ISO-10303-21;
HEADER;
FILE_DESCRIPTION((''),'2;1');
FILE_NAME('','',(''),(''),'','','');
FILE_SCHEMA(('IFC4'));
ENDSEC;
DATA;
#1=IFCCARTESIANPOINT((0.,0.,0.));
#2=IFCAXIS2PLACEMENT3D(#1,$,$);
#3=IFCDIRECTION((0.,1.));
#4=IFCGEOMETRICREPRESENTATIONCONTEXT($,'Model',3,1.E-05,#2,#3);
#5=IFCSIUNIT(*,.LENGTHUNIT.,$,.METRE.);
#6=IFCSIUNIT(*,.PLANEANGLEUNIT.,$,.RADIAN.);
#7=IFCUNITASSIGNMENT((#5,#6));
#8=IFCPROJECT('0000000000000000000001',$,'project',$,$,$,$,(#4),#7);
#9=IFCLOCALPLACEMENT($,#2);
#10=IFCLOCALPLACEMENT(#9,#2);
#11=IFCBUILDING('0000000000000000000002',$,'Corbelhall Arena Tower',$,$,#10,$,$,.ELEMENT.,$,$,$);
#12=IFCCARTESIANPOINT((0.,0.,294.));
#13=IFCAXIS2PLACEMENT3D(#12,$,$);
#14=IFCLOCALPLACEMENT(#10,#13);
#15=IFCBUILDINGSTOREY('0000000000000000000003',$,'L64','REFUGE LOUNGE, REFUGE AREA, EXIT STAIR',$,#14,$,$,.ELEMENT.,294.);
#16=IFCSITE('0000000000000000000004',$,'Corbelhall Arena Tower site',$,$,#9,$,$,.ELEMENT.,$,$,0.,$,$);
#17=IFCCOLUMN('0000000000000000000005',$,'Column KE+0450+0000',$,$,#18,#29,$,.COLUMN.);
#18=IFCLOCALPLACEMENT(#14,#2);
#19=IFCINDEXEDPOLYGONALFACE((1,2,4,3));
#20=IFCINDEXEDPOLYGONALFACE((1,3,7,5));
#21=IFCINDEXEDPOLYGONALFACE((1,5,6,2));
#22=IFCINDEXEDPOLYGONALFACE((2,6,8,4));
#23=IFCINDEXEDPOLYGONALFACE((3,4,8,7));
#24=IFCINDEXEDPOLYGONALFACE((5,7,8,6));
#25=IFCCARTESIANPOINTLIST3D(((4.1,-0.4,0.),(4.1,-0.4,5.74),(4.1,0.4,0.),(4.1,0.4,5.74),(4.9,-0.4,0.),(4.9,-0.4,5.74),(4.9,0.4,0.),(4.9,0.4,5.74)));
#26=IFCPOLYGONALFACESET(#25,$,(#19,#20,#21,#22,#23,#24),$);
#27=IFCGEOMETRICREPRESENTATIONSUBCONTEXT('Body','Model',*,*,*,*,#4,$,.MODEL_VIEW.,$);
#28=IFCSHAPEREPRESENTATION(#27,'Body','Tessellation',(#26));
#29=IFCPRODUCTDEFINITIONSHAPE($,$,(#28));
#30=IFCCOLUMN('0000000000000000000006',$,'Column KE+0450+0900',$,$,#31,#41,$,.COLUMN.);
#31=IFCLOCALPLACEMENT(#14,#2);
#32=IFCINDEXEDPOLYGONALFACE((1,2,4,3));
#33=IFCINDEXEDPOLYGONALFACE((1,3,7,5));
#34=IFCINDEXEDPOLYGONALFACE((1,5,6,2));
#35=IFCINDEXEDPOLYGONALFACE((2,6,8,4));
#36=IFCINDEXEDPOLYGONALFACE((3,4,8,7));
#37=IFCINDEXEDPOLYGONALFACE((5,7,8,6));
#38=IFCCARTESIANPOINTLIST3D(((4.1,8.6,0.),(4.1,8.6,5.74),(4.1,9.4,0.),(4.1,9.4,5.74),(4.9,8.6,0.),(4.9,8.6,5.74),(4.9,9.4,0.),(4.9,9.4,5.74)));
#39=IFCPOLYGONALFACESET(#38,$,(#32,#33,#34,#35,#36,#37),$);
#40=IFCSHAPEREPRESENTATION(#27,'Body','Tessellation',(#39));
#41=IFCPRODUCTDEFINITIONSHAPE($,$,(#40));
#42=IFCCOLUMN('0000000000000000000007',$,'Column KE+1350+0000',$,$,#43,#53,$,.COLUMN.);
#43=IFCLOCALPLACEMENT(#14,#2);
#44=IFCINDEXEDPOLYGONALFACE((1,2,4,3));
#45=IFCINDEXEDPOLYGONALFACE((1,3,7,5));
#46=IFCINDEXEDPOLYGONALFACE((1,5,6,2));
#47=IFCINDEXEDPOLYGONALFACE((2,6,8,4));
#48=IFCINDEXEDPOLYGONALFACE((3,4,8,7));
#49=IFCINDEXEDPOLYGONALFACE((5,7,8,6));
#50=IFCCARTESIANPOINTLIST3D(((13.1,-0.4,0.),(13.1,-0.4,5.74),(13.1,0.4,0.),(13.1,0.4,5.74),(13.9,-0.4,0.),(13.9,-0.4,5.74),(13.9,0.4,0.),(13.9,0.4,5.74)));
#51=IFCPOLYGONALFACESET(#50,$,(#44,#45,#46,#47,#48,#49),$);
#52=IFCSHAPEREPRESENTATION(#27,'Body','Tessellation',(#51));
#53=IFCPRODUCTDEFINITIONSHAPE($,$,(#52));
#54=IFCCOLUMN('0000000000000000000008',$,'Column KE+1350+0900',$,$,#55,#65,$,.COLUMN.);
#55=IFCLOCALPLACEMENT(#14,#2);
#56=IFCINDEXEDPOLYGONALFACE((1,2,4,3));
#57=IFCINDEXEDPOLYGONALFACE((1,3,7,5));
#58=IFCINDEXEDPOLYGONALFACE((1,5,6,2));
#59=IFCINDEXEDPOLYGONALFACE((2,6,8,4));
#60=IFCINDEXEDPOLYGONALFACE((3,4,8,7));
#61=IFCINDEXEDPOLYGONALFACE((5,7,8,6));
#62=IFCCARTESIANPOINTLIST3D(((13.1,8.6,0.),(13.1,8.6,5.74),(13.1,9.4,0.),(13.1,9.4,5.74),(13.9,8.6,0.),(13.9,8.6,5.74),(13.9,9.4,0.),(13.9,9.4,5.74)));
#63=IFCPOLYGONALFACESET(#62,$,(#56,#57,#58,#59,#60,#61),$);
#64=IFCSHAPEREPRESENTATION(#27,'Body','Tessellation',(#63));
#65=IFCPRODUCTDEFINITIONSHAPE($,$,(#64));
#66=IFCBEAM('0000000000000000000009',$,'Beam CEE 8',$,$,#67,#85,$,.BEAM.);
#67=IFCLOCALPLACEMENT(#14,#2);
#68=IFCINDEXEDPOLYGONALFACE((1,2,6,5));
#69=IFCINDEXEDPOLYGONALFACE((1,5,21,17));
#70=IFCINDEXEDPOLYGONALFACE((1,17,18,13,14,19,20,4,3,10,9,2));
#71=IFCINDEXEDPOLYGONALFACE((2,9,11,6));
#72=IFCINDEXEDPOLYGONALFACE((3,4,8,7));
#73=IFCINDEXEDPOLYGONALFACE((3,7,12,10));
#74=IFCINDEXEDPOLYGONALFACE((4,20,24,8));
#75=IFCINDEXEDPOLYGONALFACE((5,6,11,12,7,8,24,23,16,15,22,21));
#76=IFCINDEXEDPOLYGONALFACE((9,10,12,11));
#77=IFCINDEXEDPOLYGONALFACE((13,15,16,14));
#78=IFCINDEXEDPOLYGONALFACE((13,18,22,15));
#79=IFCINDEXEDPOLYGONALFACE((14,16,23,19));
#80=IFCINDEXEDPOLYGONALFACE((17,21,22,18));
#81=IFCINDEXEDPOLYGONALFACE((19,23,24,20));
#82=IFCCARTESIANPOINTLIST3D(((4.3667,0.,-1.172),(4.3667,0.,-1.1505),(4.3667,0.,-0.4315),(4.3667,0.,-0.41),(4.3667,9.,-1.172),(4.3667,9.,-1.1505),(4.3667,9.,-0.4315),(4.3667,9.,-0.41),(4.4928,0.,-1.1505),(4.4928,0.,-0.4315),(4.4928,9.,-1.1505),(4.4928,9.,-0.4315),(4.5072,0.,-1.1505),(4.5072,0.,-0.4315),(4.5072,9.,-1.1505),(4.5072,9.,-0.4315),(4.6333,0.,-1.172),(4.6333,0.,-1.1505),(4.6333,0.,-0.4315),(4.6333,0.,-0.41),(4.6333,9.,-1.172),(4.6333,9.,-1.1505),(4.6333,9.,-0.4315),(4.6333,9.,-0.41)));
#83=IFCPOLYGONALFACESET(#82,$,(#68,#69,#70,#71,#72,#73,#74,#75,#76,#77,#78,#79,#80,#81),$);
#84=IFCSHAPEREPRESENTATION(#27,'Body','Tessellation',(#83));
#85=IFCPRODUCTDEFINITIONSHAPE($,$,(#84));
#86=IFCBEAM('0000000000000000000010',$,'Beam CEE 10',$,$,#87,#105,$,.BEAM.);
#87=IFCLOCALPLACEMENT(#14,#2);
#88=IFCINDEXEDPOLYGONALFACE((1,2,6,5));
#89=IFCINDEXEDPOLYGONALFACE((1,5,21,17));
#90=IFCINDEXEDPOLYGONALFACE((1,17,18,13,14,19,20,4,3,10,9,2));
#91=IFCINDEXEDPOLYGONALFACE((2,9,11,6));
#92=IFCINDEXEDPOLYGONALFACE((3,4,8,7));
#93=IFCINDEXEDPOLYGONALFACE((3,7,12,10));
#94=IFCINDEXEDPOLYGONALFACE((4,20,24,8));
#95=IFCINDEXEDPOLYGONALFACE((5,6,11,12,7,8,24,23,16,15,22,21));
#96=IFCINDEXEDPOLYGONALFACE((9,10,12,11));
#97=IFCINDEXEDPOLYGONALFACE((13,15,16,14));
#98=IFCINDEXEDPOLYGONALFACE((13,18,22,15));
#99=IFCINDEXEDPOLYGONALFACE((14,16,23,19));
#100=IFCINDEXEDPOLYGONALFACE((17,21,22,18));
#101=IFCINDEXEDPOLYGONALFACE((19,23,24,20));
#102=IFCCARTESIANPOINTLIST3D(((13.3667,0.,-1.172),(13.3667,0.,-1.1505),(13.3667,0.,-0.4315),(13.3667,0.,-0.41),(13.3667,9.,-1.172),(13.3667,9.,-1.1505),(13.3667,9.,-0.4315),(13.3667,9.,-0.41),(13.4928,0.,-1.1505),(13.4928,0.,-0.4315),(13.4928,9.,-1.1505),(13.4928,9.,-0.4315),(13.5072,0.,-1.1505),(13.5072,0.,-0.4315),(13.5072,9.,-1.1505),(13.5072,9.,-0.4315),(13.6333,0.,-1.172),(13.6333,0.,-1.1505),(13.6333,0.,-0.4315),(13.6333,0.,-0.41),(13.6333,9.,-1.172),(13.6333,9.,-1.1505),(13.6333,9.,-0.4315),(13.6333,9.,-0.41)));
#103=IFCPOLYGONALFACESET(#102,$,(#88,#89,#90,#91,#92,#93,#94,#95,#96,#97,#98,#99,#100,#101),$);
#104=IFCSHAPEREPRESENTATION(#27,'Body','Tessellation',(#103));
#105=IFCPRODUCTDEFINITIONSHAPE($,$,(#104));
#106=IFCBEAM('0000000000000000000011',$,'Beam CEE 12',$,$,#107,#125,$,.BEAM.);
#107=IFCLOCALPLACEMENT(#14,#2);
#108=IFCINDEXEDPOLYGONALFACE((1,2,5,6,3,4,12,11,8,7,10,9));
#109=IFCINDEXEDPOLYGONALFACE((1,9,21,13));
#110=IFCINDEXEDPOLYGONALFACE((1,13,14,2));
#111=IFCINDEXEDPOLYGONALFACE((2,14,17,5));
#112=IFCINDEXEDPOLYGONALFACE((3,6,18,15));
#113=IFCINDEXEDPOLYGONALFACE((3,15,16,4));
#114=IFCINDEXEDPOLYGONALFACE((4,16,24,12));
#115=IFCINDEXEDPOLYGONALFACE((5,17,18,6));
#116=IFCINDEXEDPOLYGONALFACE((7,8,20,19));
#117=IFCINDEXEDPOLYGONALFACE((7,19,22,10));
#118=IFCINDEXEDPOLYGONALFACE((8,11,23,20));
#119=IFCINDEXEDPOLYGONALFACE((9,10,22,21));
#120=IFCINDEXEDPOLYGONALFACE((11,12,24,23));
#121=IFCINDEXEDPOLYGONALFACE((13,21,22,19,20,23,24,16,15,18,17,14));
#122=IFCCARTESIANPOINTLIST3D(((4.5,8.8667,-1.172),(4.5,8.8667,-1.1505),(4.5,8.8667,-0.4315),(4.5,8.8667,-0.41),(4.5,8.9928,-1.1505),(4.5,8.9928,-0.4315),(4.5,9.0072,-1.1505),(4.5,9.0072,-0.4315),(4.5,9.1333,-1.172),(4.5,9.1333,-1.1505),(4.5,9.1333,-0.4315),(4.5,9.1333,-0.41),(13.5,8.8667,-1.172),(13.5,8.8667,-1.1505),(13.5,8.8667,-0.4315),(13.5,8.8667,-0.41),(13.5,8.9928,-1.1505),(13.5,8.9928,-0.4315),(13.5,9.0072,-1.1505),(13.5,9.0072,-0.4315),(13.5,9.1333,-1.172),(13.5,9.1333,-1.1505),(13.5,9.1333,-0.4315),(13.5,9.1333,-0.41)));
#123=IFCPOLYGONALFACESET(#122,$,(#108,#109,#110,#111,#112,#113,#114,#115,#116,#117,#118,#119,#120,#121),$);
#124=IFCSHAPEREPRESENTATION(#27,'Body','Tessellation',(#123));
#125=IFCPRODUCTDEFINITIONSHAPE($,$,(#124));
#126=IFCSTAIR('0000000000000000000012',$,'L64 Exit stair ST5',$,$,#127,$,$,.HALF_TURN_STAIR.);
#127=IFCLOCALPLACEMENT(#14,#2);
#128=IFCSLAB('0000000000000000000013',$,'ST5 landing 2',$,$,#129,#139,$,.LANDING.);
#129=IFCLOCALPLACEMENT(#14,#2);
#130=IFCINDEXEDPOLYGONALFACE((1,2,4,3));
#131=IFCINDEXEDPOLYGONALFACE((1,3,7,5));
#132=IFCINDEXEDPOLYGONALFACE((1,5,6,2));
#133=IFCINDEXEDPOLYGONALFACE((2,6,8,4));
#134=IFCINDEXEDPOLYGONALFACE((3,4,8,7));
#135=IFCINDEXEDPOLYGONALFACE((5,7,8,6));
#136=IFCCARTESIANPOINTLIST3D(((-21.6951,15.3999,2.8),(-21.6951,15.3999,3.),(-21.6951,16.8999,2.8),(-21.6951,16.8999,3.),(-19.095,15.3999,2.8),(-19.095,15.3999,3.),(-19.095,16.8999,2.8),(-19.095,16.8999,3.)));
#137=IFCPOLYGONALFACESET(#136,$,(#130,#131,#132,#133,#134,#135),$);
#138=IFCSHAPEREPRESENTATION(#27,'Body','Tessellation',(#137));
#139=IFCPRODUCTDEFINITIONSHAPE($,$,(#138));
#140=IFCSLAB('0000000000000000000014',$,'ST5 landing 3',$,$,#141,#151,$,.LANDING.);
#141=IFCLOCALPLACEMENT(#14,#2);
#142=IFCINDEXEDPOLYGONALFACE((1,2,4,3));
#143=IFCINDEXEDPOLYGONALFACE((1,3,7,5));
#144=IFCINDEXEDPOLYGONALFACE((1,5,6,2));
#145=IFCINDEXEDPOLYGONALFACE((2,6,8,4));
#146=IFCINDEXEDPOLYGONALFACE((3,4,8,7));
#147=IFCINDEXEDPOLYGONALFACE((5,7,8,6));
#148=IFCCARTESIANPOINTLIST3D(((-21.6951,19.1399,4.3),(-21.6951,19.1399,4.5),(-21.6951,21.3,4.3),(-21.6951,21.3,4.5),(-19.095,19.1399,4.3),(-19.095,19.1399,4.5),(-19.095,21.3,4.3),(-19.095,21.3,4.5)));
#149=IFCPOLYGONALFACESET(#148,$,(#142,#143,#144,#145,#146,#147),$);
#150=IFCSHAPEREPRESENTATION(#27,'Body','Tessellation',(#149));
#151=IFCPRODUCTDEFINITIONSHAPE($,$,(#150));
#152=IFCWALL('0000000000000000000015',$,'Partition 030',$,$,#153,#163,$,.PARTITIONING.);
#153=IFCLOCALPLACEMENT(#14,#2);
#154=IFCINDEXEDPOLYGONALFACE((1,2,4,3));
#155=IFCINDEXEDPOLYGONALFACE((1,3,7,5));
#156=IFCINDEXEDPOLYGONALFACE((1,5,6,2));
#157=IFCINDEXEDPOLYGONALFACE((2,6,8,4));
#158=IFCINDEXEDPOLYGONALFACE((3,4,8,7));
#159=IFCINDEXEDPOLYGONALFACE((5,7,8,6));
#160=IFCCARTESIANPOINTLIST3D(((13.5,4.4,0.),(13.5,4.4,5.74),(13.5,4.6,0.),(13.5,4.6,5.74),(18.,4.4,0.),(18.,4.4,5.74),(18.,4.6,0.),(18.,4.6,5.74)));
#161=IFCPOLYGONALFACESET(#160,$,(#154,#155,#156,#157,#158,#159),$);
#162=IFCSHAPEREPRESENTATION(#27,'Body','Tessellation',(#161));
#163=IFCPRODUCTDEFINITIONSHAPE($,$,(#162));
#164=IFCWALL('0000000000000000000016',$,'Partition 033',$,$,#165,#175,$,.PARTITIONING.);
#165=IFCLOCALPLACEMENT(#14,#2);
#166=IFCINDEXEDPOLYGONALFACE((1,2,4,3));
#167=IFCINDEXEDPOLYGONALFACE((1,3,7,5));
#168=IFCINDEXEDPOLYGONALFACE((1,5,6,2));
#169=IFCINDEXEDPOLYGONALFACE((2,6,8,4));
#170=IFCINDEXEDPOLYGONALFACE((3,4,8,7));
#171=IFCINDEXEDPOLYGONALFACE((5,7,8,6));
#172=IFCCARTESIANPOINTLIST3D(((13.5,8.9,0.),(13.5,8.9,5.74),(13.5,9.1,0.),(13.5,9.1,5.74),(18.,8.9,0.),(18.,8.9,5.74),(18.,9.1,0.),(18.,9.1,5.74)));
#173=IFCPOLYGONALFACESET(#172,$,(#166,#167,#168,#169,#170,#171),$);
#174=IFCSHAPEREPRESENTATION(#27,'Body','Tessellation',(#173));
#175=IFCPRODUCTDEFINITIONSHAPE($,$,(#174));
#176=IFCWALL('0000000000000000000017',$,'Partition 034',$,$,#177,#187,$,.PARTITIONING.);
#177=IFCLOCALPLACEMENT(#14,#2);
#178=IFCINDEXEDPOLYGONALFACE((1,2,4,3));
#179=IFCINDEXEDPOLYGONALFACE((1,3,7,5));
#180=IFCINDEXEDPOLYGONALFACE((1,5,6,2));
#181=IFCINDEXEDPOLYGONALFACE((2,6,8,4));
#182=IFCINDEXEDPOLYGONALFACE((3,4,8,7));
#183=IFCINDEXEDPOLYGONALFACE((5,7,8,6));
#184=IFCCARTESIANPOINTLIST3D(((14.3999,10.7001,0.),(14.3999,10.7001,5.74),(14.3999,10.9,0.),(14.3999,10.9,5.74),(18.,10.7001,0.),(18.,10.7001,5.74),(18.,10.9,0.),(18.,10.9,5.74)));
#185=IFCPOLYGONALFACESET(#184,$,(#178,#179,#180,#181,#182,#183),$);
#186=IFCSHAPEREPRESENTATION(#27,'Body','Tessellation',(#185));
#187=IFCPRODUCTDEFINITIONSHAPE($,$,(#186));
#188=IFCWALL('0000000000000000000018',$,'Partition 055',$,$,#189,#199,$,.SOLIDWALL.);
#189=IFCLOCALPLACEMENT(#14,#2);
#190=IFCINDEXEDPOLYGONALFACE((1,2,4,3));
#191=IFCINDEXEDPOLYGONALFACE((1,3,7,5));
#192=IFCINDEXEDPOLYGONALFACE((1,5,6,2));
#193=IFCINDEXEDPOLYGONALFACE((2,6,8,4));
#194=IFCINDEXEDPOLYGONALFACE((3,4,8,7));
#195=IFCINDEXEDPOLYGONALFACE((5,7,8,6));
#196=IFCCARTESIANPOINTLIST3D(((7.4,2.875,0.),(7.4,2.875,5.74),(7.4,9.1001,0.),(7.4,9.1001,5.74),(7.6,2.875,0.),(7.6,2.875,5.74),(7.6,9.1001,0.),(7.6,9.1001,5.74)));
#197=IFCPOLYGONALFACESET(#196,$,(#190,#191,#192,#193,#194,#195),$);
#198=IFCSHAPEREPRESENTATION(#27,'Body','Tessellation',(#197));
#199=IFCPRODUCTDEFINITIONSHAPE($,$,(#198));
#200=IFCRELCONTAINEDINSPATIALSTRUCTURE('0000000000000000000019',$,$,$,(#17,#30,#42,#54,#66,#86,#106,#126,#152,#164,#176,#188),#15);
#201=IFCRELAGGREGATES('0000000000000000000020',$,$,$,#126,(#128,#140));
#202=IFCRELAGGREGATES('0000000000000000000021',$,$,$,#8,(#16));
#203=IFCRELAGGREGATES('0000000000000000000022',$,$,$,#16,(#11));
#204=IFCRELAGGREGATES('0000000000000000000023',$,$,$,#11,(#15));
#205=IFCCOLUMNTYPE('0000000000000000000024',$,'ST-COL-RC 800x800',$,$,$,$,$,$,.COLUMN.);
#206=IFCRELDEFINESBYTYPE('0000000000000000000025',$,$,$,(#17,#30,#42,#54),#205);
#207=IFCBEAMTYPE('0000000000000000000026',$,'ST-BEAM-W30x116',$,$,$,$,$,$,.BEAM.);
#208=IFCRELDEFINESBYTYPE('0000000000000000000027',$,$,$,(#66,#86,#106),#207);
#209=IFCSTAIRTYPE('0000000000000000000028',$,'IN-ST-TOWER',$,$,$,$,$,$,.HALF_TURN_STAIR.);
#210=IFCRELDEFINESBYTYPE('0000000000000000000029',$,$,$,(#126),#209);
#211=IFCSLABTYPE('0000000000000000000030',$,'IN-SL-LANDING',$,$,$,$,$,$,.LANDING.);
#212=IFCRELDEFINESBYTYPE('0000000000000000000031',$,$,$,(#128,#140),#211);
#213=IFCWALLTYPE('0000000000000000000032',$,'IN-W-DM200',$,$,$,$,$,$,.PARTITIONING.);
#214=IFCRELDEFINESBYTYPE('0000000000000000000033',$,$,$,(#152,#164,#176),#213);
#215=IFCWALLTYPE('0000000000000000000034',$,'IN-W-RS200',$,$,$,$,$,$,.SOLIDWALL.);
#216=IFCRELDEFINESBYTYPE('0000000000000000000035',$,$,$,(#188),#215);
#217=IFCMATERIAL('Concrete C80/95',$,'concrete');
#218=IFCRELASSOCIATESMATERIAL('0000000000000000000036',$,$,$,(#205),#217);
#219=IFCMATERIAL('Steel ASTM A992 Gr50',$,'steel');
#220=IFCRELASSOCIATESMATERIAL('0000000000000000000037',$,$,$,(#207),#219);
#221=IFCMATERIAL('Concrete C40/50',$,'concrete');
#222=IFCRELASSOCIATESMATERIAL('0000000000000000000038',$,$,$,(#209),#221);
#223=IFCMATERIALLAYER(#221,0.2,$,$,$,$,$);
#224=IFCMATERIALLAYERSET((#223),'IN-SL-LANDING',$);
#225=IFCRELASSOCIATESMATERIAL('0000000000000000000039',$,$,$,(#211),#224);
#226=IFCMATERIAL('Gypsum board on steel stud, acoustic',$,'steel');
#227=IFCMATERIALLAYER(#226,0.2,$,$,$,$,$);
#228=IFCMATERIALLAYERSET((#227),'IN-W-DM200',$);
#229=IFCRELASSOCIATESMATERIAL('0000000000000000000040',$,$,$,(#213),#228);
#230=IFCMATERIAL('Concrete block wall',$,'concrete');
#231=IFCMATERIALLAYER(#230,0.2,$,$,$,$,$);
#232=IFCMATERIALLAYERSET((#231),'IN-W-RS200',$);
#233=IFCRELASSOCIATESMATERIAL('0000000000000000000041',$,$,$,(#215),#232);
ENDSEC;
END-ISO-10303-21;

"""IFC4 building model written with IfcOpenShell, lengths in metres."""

from ifc_helpers import new_model, si_unit, direction, frame, frame_2d, origin, origin_2d, place, context, subcontext, project, spatial, polyline, rectangle, i_section, outline, extrude, material, layer, layer_set, material_profile, profile_set, type_object, element, aggregate, save


model = new_model("IFC4")

# Units and contexts
model_context = context("Model", 3, precision=1e-05, world=origin(), true_north=direction((0.0, 1.0)))
body_context = subcontext(model_context, "Body", "Model", "MODEL_VIEW")
ifc_project = project(units=[si_unit("LENGTHUNIT", "METRE"), si_unit("PLANEANGLEUNIT", "RADIAN")], contexts=[model_context])

# Site, building, storey
site_placement = place(None, origin())
site = spatial("IfcSite", under=ifc_project, at=site_placement, Name="Corbelhall Arena Tower site", CompositionType="ELEMENT", RefElevation=0.0)
building_placement = place(site_placement, origin())
building = spatial("IfcBuilding", under=site, at=building_placement, Name="Corbelhall Arena Tower", CompositionType="ELEMENT")
storey_placement = place(building_placement, frame((0.0, 0.0, 294.0)))
storey = spatial("IfcBuildingStorey", under=building, at=storey_placement, Name="L64", Description="REFUGE LOUNGE, REFUGE AREA, EXIT STAIR", CompositionType="ELEMENT", Elevation=294.0)

# Columns
ifc_material_1 = material(Name="Concrete C80/95", Category="concrete")
ifc_material_profile_1 = material_profile(ifc_material_1, rectangle(XDim=0.8, YDim=0.8, at=origin_2d()))
ifc_profile_set_1 = profile_set([ifc_material_profile_1], Name="Concrete C80/95")
column_type = type_object("IfcColumnType", Name="ST-COL-RC 800x800", PredefinedType="COLUMN", material=ifc_profile_set_1)
for number, where, z_axis, x_axis, name in (
    (1, (4.5, 0.0, 0.0), (0.0, 0.0, 1.0), (1.0, 0.0, 0.0), "Column KE+0450+0000"),
    (2, (4.5, 9.0, 0.0), (0.0, 0.0, 1.0), (1.0, 0.0, 0.0), "Column KE+0450+0900"),
    (3, (13.5, 0.0, 0.0), (0.0, 0.0, 1.0), (1.0, 0.0, 0.0), "Column KE+1350+0000"),
    (4, (13.5, 9.0, 0.0), (0.0, 0.0, 1.0), (1.0, 0.0, 0.0), "Column KE+1350+0900"),
):
    element("IfcColumn", number, at=place(storey_placement, frame(where, z_axis=z_axis, x_axis=x_axis)), inside=storey, type_object=column_type, Name=name, PredefinedType="COLUMN", context=body_context, shape_type="SweptSolid", body=[
        extrude(rectangle(XDim=0.8, YDim=0.8, at=origin_2d()), origin(), (0.0, 0.0, 1.0), 5.74),
    ])

# Beams
ifc_material_2 = material(Name="Steel ASTM A992 Gr50", Category="steel")
ifc_material_profile_2 = material_profile(ifc_material_2, i_section(OverallWidth=0.2666, OverallDepth=0.762, WebThickness=0.0144, FlangeThickness=0.0215, at=origin_2d()))
ifc_profile_set_2 = profile_set([ifc_material_profile_2], Name="Steel ASTM A992 Gr50")
beam_type = type_object("IfcBeamType", Name="ST-BEAM-W30x116", PredefinedType="BEAM", material=ifc_profile_set_2)
for number, where, z_axis, x_axis, name in (
    (5, (4.5, 0.0, -0.791), (0.0, 1.0, 0.0), (-1.0, 0.0, 0.0), "Beam CEE 8"),
    (6, (13.5, 0.0, -0.791), (0.0, 1.0, 0.0), (-1.0, 0.0, 0.0), "Beam CEE 10"),
    (7, (4.5, 9.0, -0.791), (1.0, 0.0, 0.0), (0.0, 1.0, 0.0), "Beam CEE 12"),
):
    element("IfcBeam", number, at=place(storey_placement, frame(where, z_axis=z_axis, x_axis=x_axis)), inside=storey, type_object=beam_type, Name=name, PredefinedType="BEAM", context=body_context, shape_type="SweptSolid", body=[
        extrude(i_section(OverallWidth=0.2666, OverallDepth=0.762, WebThickness=0.0144, FlangeThickness=0.0215, at=origin_2d()), origin(), (0.0, 0.0, 1.0), 9.0),
    ])

# Stair, slabs
ifc_material_3 = material(Name="Concrete C40/50", Category="concrete")
stair_type = type_object("IfcStairType", Name="IN-ST-TOWER", PredefinedType="HALF_TURN_STAIR", material=ifc_material_3)
stair_placement = place(storey_placement, origin())
stair = element("IfcStair", 8, at=stair_placement, inside=storey, type_object=stair_type, Name="L64 Exit stair ST5", PredefinedType="HALF_TURN_STAIR")
ifc_layer_1 = layer(ifc_material_3, 0.2)
ifc_layer_set_1 = layer_set([ifc_layer_1], Name="IN-SL-LANDING")
slab_type = type_object("IfcSlabType", Name="IN-SL-LANDING", PredefinedType="LANDING", material=ifc_layer_set_1)
slab_1_placement = place(storey_placement, frame((0.0, 0.0, 2.8)))
slab_1 = element("IfcSlab", 9, at=slab_1_placement, type_object=slab_type, Name="ST5 landing 2", PredefinedType="LANDING", context=body_context, shape_type="SweptSolid", body=[
    extrude(outline(polyline([(-19.095, 15.3999), (-19.095, 16.8999), (-21.6951, 16.8999), (-21.6951, 15.3999), (-19.095, 15.3999)])), origin(), (0.0, 0.0, 1.0), 0.2),
])
slab_2_placement = place(storey_placement, frame((0.0, 0.0, 4.3)))
slab_2 = element("IfcSlab", 10, at=slab_2_placement, type_object=slab_type, Name="ST5 landing 3", PredefinedType="LANDING", context=body_context, shape_type="SweptSolid", body=[
    extrude(outline(polyline([(-19.095, 19.1399), (-19.095, 21.3), (-21.6951, 21.3), (-21.6951, 19.1399), (-19.095, 19.1399)])), origin(), (0.0, 0.0, 1.0), 0.2),
])
aggregate(stair, [slab_1, slab_2])

# Walls
ifc_material_4 = material(Name="Gypsum board on steel stud, acoustic", Category="steel")
ifc_layer_2 = layer(ifc_material_4, 0.2)
ifc_layer_set_2 = layer_set([ifc_layer_2], Name="IN-W-DM200")
wall_type_1 = type_object("IfcWallType", Name="IN-W-DM200", PredefinedType="PARTITIONING", material=ifc_layer_set_2)
for number, where, z_axis, x_axis, name in (
    (11, (13.5, 4.5, 0.0), (0.0, 0.0, 1.0), (1.0, 0.0, 0.0), "Partition 030"),
    (12, (18.0, 9.0, 0.0), (0.0, 0.0, 1.0), (-1.0, 0.0, 0.0), "Partition 033"),
):
    element("IfcWall", number, at=place(storey_placement, frame(where, z_axis=z_axis, x_axis=x_axis)), inside=storey, type_object=wall_type_1, Name=name, PredefinedType="PARTITIONING", context=body_context, shape_type="SweptSolid", body=[
        extrude(rectangle(XDim=4.5, YDim=0.2, at=frame_2d((2.25, 0.0))), origin(), (0.0, 0.0, 1.0), 5.74),
    ])
wall_1_placement = place(storey_placement, frame((14.3999, 10.8, 0.0), z_axis=(0.0, 0.0, 1.0), x_axis=(1.0, 0.0, 0.0)))
element("IfcWall", 13, at=wall_1_placement, inside=storey, type_object=wall_type_1, Name="Partition 034", PredefinedType="PARTITIONING", context=body_context, shape_type="SweptSolid", body=[
    extrude(rectangle(XDim=3.6001, YDim=0.2, at=frame_2d((1.8, 0.0))), origin(), (0.0, 0.0, 1.0), 5.74),
])
ifc_material_5 = material(Name="Concrete block wall", Category="concrete")
ifc_layer_3 = layer(ifc_material_5, 0.2)
ifc_layer_set_3 = layer_set([ifc_layer_3], Name="IN-W-RS200")
wall_type_2 = type_object("IfcWallType", Name="IN-W-RS200", PredefinedType="SOLIDWALL", material=ifc_layer_set_3)
wall_2_placement = place(storey_placement, frame((7.5, 9.1001, 0.0), z_axis=(0.0, 0.0, 1.0), x_axis=(0.0, -1.0, 0.0)))
element("IfcWall", 14, at=wall_2_placement, inside=storey, type_object=wall_type_2, Name="Partition 055", PredefinedType="SOLIDWALL", context=body_context, shape_type="SweptSolid", body=[
    extrude(rectangle(XDim=6.2251, YDim=0.2, at=frame_2d((3.1125, 0.0))), origin(), (0.0, 0.0, 1.0), 5.74),
])

save(model, "model.ifc")
